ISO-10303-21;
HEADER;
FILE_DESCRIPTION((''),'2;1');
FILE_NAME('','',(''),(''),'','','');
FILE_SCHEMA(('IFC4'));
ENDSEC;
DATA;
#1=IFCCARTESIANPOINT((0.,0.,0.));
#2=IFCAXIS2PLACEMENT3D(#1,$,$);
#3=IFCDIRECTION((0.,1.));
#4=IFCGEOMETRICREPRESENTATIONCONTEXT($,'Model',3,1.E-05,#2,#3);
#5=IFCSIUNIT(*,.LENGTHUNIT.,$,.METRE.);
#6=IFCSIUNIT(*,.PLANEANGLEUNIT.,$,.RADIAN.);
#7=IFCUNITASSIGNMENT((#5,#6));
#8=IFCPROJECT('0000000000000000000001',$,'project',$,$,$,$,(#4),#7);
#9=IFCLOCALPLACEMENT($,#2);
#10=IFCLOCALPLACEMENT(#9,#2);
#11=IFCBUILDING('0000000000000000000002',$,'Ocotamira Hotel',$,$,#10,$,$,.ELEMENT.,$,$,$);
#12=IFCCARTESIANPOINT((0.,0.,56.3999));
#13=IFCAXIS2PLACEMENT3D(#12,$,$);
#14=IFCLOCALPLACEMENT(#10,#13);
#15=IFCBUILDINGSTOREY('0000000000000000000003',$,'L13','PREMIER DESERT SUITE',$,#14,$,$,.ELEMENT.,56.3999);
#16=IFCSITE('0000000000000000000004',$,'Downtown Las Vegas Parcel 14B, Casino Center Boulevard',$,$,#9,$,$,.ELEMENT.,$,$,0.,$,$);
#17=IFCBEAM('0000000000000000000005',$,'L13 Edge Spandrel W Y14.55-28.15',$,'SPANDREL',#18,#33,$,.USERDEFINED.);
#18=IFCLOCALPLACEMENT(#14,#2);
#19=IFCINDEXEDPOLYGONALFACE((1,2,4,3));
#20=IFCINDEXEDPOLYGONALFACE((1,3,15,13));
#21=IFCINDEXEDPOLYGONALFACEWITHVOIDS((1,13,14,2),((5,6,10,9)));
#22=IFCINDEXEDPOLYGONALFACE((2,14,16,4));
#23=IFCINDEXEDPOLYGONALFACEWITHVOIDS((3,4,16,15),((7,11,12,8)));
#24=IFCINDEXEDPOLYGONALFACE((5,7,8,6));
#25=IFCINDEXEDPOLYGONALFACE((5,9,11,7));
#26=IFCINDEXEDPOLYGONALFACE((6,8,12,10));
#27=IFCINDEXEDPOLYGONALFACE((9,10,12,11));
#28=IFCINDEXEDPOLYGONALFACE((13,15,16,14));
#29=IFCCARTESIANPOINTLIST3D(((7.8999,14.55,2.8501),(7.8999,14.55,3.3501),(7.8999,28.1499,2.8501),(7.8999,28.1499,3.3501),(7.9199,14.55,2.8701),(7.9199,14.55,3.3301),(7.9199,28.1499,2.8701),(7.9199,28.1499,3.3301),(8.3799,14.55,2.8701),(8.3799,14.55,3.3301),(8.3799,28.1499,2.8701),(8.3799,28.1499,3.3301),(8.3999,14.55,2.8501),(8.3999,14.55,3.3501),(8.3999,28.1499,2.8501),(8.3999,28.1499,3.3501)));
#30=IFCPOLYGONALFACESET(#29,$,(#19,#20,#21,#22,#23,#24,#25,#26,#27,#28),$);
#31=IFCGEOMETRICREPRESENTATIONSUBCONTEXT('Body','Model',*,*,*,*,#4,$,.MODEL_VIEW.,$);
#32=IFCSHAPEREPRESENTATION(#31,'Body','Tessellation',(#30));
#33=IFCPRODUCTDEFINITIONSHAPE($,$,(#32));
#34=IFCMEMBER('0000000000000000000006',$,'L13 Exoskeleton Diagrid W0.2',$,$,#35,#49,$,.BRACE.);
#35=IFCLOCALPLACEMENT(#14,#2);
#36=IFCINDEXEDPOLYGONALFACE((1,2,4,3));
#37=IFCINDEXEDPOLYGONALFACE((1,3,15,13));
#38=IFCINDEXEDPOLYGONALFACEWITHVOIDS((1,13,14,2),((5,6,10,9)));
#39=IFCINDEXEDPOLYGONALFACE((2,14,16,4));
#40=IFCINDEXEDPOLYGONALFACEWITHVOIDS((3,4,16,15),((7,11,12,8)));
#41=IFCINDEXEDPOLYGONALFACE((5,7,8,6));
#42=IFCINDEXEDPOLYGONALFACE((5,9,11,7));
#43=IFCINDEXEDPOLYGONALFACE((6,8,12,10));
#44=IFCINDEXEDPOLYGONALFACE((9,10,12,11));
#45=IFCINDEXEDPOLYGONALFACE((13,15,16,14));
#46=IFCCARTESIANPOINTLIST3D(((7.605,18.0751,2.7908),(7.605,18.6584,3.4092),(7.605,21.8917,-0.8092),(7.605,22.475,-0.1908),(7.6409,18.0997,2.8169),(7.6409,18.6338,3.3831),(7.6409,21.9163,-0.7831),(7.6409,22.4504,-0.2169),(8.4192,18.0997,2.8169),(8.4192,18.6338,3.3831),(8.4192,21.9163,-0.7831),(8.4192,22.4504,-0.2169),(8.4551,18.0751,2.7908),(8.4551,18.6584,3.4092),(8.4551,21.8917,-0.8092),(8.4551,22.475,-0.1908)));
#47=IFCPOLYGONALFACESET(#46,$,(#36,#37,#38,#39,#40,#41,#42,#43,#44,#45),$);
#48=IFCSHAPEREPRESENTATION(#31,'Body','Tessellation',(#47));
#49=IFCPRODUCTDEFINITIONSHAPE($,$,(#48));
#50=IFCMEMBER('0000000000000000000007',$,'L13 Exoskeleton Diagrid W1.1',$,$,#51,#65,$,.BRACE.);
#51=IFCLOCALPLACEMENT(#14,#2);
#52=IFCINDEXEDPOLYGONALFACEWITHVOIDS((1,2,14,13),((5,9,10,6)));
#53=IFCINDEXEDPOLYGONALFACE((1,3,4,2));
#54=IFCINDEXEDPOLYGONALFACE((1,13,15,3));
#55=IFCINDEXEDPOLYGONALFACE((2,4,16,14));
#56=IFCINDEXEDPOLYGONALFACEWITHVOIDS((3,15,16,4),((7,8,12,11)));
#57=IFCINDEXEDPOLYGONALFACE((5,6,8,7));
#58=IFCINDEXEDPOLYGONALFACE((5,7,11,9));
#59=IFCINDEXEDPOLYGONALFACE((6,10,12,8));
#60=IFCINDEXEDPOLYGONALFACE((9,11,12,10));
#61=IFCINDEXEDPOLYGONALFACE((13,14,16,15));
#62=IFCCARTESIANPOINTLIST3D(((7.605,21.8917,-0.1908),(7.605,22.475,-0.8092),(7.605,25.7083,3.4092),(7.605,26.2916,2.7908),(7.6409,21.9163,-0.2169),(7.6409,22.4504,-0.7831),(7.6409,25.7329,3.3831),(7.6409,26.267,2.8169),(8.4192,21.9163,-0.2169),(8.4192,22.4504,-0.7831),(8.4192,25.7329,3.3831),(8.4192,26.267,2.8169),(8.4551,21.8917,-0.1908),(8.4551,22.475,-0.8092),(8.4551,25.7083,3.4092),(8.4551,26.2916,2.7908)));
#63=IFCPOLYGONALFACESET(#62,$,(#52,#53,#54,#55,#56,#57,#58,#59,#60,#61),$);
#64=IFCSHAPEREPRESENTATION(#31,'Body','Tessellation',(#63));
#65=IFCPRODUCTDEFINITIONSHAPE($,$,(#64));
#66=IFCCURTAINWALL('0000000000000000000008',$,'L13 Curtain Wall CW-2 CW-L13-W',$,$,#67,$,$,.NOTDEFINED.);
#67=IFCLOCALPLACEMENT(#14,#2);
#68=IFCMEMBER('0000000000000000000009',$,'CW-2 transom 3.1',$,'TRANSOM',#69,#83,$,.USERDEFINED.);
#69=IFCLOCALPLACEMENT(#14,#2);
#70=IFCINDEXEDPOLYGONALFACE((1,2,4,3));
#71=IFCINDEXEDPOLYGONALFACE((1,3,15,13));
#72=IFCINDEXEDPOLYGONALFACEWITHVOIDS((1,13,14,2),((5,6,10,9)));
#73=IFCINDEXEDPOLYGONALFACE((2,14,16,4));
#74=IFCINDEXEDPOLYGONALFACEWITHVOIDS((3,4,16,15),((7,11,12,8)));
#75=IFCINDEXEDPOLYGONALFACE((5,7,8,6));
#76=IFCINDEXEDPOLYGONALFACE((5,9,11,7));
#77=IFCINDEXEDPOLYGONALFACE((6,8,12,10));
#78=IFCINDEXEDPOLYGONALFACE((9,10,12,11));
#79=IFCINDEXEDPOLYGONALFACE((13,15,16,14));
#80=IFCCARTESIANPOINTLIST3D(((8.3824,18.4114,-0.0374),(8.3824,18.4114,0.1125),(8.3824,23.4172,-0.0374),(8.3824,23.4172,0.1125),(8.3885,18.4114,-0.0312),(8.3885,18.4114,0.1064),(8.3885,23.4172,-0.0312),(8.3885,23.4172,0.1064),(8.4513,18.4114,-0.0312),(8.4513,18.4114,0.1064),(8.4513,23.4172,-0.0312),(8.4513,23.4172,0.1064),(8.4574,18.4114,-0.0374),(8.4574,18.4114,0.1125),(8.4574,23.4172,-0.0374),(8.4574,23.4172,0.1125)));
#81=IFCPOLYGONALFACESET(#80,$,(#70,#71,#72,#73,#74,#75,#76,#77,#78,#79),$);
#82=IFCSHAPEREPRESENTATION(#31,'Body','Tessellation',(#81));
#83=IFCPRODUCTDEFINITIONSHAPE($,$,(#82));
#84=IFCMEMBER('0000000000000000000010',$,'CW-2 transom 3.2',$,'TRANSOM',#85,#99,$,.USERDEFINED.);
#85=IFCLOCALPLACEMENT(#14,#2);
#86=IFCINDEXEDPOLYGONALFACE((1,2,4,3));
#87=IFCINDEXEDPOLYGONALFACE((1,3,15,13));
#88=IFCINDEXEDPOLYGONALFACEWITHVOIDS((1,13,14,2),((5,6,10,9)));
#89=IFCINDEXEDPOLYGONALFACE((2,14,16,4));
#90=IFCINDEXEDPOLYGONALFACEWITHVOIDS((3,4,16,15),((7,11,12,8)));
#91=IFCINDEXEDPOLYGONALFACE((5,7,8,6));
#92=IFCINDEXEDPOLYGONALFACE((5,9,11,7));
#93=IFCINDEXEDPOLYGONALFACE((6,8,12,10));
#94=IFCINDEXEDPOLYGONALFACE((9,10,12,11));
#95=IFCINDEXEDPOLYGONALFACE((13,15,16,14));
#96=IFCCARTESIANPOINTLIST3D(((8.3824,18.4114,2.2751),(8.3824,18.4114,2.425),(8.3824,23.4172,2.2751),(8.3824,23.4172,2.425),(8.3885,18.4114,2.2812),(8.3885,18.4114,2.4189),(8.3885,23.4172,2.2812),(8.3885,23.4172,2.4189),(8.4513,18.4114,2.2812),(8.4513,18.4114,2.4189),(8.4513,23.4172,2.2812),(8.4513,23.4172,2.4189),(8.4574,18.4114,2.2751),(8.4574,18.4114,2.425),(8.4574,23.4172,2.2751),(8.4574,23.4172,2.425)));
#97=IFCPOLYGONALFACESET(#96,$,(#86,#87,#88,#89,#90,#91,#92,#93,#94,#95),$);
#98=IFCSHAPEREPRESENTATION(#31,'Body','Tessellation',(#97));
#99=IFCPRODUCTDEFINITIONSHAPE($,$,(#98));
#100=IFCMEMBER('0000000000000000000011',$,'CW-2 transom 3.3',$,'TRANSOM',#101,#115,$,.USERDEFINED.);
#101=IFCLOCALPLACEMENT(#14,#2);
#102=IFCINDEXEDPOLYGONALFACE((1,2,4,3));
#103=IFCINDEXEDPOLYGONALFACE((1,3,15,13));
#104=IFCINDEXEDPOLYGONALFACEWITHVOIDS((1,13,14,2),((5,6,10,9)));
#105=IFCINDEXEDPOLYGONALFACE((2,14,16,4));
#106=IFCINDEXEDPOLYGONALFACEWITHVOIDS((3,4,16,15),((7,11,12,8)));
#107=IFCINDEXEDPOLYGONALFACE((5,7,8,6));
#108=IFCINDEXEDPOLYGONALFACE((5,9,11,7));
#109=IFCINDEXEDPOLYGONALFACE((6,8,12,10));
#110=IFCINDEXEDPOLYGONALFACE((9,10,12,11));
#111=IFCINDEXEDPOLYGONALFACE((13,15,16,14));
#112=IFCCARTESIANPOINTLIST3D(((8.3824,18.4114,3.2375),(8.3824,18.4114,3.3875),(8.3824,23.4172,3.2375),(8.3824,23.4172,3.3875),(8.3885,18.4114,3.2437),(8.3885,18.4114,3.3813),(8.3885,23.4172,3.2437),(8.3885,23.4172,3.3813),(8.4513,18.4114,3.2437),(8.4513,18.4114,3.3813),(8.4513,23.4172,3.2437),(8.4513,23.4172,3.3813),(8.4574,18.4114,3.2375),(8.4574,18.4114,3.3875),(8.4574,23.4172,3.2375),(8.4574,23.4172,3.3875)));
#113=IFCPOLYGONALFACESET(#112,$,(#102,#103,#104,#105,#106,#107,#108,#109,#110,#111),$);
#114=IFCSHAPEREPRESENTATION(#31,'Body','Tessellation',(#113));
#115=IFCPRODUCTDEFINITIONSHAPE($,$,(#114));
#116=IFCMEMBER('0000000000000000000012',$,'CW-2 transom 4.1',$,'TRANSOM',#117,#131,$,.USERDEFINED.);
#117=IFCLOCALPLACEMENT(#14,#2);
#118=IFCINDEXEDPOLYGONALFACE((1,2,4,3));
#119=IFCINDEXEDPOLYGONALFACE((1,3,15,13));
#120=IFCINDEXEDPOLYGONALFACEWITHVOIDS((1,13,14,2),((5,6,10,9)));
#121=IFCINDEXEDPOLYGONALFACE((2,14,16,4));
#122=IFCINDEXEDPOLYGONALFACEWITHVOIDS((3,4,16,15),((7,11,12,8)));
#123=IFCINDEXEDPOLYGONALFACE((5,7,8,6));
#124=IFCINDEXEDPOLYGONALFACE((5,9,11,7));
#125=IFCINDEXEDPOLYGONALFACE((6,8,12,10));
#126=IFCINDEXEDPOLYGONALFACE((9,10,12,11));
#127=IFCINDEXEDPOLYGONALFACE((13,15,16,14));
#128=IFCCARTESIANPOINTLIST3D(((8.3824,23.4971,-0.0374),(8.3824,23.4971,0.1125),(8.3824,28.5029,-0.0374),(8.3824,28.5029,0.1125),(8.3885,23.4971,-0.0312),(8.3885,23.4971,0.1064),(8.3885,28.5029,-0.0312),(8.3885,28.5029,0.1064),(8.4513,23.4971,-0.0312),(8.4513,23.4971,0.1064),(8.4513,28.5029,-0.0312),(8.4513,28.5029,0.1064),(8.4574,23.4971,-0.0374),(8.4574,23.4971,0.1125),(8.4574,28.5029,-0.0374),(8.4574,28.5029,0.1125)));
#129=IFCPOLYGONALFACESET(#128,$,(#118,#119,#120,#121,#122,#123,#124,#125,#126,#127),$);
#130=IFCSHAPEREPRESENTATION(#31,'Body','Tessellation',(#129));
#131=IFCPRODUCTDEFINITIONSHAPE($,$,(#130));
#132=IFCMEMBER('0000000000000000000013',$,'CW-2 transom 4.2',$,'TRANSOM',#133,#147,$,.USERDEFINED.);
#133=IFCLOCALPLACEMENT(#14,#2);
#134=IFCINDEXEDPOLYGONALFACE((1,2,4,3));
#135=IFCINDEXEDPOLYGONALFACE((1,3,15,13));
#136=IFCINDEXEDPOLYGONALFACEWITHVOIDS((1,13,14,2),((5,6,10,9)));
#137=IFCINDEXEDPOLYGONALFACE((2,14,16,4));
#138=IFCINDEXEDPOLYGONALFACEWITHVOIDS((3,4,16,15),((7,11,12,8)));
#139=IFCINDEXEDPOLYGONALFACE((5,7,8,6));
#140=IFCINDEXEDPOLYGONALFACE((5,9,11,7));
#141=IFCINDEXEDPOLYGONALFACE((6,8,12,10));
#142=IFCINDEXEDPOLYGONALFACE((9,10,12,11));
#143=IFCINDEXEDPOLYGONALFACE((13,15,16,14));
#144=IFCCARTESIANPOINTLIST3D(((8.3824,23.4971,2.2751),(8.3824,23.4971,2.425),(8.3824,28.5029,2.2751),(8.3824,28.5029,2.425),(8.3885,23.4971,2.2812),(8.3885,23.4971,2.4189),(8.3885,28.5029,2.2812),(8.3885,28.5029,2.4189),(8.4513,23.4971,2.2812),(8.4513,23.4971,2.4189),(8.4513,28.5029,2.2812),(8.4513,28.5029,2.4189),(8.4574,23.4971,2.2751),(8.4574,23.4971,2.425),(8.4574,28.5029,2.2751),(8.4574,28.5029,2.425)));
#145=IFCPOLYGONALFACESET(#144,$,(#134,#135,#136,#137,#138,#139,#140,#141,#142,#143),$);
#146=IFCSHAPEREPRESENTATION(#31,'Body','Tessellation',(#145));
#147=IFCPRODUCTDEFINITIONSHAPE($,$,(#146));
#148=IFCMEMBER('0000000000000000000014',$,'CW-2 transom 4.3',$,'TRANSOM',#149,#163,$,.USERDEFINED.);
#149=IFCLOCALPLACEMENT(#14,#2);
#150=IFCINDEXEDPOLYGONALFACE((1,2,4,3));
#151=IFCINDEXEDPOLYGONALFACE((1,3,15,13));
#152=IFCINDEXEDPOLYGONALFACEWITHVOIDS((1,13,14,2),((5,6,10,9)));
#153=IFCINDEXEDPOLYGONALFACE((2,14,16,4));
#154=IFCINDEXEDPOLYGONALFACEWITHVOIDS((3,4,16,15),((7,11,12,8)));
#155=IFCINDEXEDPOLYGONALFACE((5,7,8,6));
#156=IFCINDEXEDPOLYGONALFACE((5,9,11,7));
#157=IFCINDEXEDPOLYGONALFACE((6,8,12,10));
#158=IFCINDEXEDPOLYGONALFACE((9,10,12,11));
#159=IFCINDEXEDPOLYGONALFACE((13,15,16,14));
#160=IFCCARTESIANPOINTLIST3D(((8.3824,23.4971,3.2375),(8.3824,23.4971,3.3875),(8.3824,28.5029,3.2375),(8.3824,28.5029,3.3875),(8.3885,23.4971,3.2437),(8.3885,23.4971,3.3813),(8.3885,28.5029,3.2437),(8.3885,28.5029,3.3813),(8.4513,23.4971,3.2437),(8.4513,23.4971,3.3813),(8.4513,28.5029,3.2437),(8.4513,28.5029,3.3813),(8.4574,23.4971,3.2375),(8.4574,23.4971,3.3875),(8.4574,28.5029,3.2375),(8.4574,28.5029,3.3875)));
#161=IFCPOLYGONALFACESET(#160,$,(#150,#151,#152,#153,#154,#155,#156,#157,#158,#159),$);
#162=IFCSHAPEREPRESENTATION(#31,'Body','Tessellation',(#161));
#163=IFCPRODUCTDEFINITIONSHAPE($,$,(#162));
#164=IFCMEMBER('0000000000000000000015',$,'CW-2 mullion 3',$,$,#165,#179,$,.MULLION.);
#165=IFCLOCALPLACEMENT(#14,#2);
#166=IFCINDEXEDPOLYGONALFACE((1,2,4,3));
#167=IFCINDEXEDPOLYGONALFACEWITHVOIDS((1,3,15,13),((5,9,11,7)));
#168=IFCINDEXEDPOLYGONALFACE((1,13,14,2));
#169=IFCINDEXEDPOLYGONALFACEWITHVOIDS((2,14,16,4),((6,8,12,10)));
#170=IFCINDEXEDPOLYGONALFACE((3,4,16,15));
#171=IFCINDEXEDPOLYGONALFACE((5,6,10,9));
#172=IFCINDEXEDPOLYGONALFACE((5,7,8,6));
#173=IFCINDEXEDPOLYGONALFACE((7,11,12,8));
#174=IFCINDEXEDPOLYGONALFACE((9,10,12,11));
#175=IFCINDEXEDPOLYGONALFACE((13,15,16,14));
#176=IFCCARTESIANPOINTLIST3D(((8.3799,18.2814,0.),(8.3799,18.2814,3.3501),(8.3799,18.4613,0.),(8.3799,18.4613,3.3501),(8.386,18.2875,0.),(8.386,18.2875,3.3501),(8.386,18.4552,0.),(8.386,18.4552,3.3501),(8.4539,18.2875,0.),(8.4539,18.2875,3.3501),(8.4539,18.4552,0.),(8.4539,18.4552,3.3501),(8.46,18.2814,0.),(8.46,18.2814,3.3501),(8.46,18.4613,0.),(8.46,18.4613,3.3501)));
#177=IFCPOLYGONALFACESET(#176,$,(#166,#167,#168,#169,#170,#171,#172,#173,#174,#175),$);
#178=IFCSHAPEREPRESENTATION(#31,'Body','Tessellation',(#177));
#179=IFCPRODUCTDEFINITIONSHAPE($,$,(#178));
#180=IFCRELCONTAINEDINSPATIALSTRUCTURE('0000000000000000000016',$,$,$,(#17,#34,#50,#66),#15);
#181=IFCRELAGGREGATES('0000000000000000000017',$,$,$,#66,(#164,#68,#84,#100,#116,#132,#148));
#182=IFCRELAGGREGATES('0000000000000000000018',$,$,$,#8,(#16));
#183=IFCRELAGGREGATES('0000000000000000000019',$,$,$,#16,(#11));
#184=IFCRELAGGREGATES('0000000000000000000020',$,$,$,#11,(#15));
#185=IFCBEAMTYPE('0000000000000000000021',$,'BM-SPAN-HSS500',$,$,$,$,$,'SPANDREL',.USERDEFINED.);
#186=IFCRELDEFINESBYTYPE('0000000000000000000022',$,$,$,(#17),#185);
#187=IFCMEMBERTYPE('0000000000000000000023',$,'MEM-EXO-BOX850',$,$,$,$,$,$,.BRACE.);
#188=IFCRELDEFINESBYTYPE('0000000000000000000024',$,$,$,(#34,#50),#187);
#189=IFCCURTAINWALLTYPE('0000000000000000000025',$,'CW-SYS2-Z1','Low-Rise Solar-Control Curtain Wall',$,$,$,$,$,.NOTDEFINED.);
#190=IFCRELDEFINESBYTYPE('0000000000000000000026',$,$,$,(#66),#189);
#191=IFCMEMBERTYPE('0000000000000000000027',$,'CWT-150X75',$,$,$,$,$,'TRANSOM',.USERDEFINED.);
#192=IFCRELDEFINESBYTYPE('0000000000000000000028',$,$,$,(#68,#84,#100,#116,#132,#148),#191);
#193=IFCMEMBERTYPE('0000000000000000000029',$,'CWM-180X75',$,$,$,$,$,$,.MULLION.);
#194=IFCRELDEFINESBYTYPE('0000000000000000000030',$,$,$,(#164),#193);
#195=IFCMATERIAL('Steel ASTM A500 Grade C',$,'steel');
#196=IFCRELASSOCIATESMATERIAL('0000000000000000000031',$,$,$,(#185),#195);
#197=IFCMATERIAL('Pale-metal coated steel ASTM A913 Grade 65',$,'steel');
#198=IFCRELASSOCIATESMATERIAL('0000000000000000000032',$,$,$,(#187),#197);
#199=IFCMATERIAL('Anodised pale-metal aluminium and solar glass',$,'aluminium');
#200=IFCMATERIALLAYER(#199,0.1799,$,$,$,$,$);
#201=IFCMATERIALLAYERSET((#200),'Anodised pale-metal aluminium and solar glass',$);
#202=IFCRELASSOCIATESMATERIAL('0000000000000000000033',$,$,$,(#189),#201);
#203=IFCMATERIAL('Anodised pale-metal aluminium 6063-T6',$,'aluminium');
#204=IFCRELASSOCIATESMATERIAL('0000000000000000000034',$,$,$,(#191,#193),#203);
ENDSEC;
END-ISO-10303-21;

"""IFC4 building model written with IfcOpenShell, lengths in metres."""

from ifc_helpers import new_model, si_unit, direction, frame, origin, origin_2d, place, context, subcontext, project, spatial, hollow_rectangle, extrude, source, transform, mapped, material, layer, layer_set, material_profile, profile_set, type_object, element, aggregate, save


model = new_model("IFC4")

# Units and contexts
model_context = context("Model", 3, precision=1e-05, world=origin(), true_north=direction((0.0, 1.0)))
body_context = subcontext(model_context, "Body", "Model", "MODEL_VIEW")
ifc_project = project(units=[si_unit("LENGTHUNIT", "METRE"), si_unit("PLANEANGLEUNIT", "RADIAN")], contexts=[model_context])

# Site, building, storey
site_placement = place(None, origin())
site = spatial("IfcSite", under=ifc_project, at=site_placement, Name="Downtown Las Vegas Parcel 14B, Casino Center Boulevard", CompositionType="ELEMENT", RefElevation=0.0)
building_placement = place(site_placement, origin())
building = spatial("IfcBuilding", under=site, at=building_placement, Name="Ocotamira Hotel", CompositionType="ELEMENT")
storey_placement = place(building_placement, frame((0.0, 0.0, 56.3999)))
storey = spatial("IfcBuildingStorey", under=building, at=storey_placement, Name="L13", Description="PREMIER DESERT SUITE", CompositionType="ELEMENT", Elevation=56.3999)

# Beam
ifc_material_1 = material(Name="Steel ASTM A500 Grade C", Category="steel")
ifc_material_profile_1 = material_profile(ifc_material_1, hollow_rectangle(XDim=0.5, YDim=0.5, WallThickness=0.02, at=origin_2d()), Name="HSS500X500X20")
ifc_profile_set_1 = profile_set([ifc_material_profile_1], Name="Steel ASTM A500 Grade C")
beam_type_1 = type_object("IfcBeamType", Name="BM-SPAN-HSS500", ElementType="SPANDREL", PredefinedType="USERDEFINED", material=ifc_profile_set_1)
shared_shape_1 = source(origin(), body_context, "Body", "SweptSolid", [
    extrude(hollow_rectangle(XDim=0.5, YDim=0.5, WallThickness=0.02, at=origin_2d()), origin(), (0.0, 0.0, 1.0), 13.5999),
])
beam_1_placement = place(storey_placement, frame((8.1499, 14.55, 3.1001), z_axis=(0.0, 1.0, 0.0), x_axis=(-1.0, 0.0, 0.0)))
element("IfcBeam", 1, at=beam_1_placement, inside=storey, type_object=beam_type_1, Name="L13 Edge Spandrel W Y14.55-28.15", ObjectType="SPANDREL", PredefinedType="USERDEFINED", context=body_context, shape_type="MappedRepresentation", body=[
    mapped(shared_shape_1, transform((0.0, 0.0, 0.0), scale=1.0)),
])

# Members
ifc_material_2 = material(Name="Pale-metal coated steel ASTM A913 Grade 65", Category="steel")
ifc_material_profile_2 = material_profile(ifc_material_2, hollow_rectangle(XDim=0.8501, YDim=0.8501, WallThickness=0.0359, at=origin_2d()), Name="BOX850X850X36")
ifc_profile_set_2 = profile_set([ifc_material_profile_2], Name="Pale-metal coated steel ASTM A913 Grade 65")
member_type_1 = type_object("IfcMemberType", Name="MEM-EXO-BOX850", PredefinedType="BRACE", material=ifc_profile_set_2)
shared_shape_2 = source(origin(), body_context, "Body", "SweptSolid", [
    extrude(hollow_rectangle(XDim=0.8501, YDim=0.8501, WallThickness=0.0359, at=origin_2d()), origin(), (0.0, 0.0, 1.0), 5.2466),
])
for number, where, z_axis, x_axis, name in (
    (2, (8.03, 22.1833, -0.5), (0.0, -0.727443, 0.686168), (1.0, 0.0, 0.0), "L13 Exoskeleton Diagrid W0.2"),
    (3, (8.03, 22.1833, -0.5), (0.0, 0.727443, 0.686168), (-1.0, 0.0, 0.0), "L13 Exoskeleton Diagrid W1.1"),
):
    element("IfcMember", number, at=place(storey_placement, frame(where, z_axis=z_axis, x_axis=x_axis)), inside=storey, type_object=member_type_1, Name=name, PredefinedType="BRACE", context=body_context, shape_type="MappedRepresentation", body=[
        mapped(shared_shape_2, transform((0.0, 0.0, 0.0), scale=1.0)),
    ])

# Curtain wall, members
ifc_material_3 = material(Name="Anodised pale-metal aluminium and solar glass", Category="aluminium")
ifc_layer_1 = layer(ifc_material_3, 0.1799)
ifc_layer_set_1 = layer_set([ifc_layer_1], Name="Anodised pale-metal aluminium and solar glass")
curtain_wall_type = type_object("IfcCurtainWallType", Name="CW-SYS2-Z1", Description="Low-Rise Solar-Control Curtain Wall", PredefinedType="NOTDEFINED", material=ifc_layer_set_1)
curtain_wall_placement = place(storey_placement, origin())
curtain_wall = element("IfcCurtainWall", 4, at=curtain_wall_placement, inside=storey, type_object=curtain_wall_type, Name="L13 Curtain Wall CW-2 CW-L13-W", PredefinedType="NOTDEFINED")
ifc_material_4 = material(Name="Anodised pale-metal aluminium 6063-T6", Category="aluminium")
ifc_material_profile_3 = material_profile(ifc_material_4, hollow_rectangle(XDim=0.075, YDim=0.1499, WallThickness=0.0061, at=origin_2d()), Name="HSS150X75X6")
ifc_profile_set_3 = profile_set([ifc_material_profile_3], Name="Anodised pale-metal aluminium 6063-T6")
member_type_2 = type_object("IfcMemberType", Name="CWT-150X75", ElementType="TRANSOM", PredefinedType="USERDEFINED", material=ifc_profile_set_3)
shared_shape_3 = source(origin(), body_context, "Body", "SweptSolid", [
    extrude(hollow_rectangle(XDim=0.075, YDim=0.1499, WallThickness=0.0061, at=origin_2d()), origin(), (0.0, 0.0, 1.0), 5.0059),
])
member_1_placement = place(storey_placement, frame((8.4199, 18.4114, 0.0376), z_axis=(0.0, 1.0, 0.0), x_axis=(-1.0, 0.0, 0.0)))
member_1 = element("IfcMember", 5, at=member_1_placement, type_object=member_type_2, Name="CW-2 transom 3.1", ObjectType="TRANSOM", PredefinedType="USERDEFINED", context=body_context, shape_type="MappedRepresentation", body=[
    mapped(shared_shape_3, transform((0.0, 0.0, 0.0), scale=1.0)),
])
member_2_placement = place(storey_placement, frame((8.4199, 18.4114, 2.3501), z_axis=(0.0, 1.0, 0.0), x_axis=(-1.0, 0.0, 0.0)))
member_2 = element("IfcMember", 6, at=member_2_placement, type_object=member_type_2, Name="CW-2 transom 3.2", ObjectType="TRANSOM", PredefinedType="USERDEFINED", context=body_context, shape_type="MappedRepresentation", body=[
    mapped(shared_shape_3, transform((0.0, 0.0, 0.0), scale=1.0)),
])
member_3_placement = place(storey_placement, frame((8.4199, 18.4114, 3.3125), z_axis=(0.0, 1.0, 0.0), x_axis=(-1.0, 0.0, 0.0)))
member_3 = element("IfcMember", 7, at=member_3_placement, type_object=member_type_2, Name="CW-2 transom 3.3", ObjectType="TRANSOM", PredefinedType="USERDEFINED", context=body_context, shape_type="MappedRepresentation", body=[
    mapped(shared_shape_3, transform((0.0, 0.0, 0.0), scale=1.0)),
])
member_4_placement = place(storey_placement, frame((8.4199, 23.4971, 0.0376), z_axis=(0.0, 1.0, 0.0), x_axis=(-1.0, 0.0, 0.0)))
member_4 = element("IfcMember", 8, at=member_4_placement, type_object=member_type_2, Name="CW-2 transom 4.1", ObjectType="TRANSOM", PredefinedType="USERDEFINED", context=body_context, shape_type="MappedRepresentation", body=[
    mapped(shared_shape_3, transform((0.0, 0.0, 0.0), scale=1.0)),
])
member_5_placement = place(storey_placement, frame((8.4199, 23.4971, 2.3501), z_axis=(0.0, 1.0, 0.0), x_axis=(-1.0, 0.0, 0.0)))
member_5 = element("IfcMember", 9, at=member_5_placement, type_object=member_type_2, Name="CW-2 transom 4.2", ObjectType="TRANSOM", PredefinedType="USERDEFINED", context=body_context, shape_type="MappedRepresentation", body=[
    mapped(shared_shape_3, transform((0.0, 0.0, 0.0), scale=1.0)),
])
member_6_placement = place(storey_placement, frame((8.4199, 23.4971, 3.3125), z_axis=(0.0, 1.0, 0.0), x_axis=(-1.0, 0.0, 0.0)))
member_6 = element("IfcMember", 10, at=member_6_placement, type_object=member_type_2, Name="CW-2 transom 4.3", ObjectType="TRANSOM", PredefinedType="USERDEFINED", context=body_context, shape_type="MappedRepresentation", body=[
    mapped(shared_shape_3, transform((0.0, 0.0, 0.0), scale=1.0)),
])
ifc_material_profile_4 = material_profile(ifc_material_4, hollow_rectangle(XDim=0.0801, YDim=0.1799, WallThickness=0.0061, at=origin_2d()), Name="HSS180X80X6")
ifc_profile_set_4 = profile_set([ifc_material_profile_4], Name="Anodised pale-metal aluminium 6063-T6")
member_type_3 = type_object("IfcMemberType", Name="CWM-180X75", PredefinedType="MULLION", material=ifc_profile_set_4)
shared_shape_4 = source(origin(), body_context, "Body", "SweptSolid", [
    extrude(hollow_rectangle(XDim=0.0801, YDim=0.1799, WallThickness=0.0061, at=origin_2d()), origin(), (0.0, 0.0, 1.0), 3.3501),
])
member_7_placement = place(storey_placement, frame((8.4199, 18.3713, 0.0), z_axis=(0.0, 0.0, 1.0), x_axis=(-1.0, 0.0, 0.0)))
member_7 = element("IfcMember", 11, at=member_7_placement, type_object=member_type_3, Name="CW-2 mullion 3", PredefinedType="MULLION", context=body_context, shape_type="MappedRepresentation", body=[
    mapped(shared_shape_4, transform((0.0, 0.0, 0.0), scale=1.0)),
])

aggregate(curtain_wall, [member_7, member_1, member_2, member_3, member_4, member_5, member_6])

save(model, "model.ifc")
